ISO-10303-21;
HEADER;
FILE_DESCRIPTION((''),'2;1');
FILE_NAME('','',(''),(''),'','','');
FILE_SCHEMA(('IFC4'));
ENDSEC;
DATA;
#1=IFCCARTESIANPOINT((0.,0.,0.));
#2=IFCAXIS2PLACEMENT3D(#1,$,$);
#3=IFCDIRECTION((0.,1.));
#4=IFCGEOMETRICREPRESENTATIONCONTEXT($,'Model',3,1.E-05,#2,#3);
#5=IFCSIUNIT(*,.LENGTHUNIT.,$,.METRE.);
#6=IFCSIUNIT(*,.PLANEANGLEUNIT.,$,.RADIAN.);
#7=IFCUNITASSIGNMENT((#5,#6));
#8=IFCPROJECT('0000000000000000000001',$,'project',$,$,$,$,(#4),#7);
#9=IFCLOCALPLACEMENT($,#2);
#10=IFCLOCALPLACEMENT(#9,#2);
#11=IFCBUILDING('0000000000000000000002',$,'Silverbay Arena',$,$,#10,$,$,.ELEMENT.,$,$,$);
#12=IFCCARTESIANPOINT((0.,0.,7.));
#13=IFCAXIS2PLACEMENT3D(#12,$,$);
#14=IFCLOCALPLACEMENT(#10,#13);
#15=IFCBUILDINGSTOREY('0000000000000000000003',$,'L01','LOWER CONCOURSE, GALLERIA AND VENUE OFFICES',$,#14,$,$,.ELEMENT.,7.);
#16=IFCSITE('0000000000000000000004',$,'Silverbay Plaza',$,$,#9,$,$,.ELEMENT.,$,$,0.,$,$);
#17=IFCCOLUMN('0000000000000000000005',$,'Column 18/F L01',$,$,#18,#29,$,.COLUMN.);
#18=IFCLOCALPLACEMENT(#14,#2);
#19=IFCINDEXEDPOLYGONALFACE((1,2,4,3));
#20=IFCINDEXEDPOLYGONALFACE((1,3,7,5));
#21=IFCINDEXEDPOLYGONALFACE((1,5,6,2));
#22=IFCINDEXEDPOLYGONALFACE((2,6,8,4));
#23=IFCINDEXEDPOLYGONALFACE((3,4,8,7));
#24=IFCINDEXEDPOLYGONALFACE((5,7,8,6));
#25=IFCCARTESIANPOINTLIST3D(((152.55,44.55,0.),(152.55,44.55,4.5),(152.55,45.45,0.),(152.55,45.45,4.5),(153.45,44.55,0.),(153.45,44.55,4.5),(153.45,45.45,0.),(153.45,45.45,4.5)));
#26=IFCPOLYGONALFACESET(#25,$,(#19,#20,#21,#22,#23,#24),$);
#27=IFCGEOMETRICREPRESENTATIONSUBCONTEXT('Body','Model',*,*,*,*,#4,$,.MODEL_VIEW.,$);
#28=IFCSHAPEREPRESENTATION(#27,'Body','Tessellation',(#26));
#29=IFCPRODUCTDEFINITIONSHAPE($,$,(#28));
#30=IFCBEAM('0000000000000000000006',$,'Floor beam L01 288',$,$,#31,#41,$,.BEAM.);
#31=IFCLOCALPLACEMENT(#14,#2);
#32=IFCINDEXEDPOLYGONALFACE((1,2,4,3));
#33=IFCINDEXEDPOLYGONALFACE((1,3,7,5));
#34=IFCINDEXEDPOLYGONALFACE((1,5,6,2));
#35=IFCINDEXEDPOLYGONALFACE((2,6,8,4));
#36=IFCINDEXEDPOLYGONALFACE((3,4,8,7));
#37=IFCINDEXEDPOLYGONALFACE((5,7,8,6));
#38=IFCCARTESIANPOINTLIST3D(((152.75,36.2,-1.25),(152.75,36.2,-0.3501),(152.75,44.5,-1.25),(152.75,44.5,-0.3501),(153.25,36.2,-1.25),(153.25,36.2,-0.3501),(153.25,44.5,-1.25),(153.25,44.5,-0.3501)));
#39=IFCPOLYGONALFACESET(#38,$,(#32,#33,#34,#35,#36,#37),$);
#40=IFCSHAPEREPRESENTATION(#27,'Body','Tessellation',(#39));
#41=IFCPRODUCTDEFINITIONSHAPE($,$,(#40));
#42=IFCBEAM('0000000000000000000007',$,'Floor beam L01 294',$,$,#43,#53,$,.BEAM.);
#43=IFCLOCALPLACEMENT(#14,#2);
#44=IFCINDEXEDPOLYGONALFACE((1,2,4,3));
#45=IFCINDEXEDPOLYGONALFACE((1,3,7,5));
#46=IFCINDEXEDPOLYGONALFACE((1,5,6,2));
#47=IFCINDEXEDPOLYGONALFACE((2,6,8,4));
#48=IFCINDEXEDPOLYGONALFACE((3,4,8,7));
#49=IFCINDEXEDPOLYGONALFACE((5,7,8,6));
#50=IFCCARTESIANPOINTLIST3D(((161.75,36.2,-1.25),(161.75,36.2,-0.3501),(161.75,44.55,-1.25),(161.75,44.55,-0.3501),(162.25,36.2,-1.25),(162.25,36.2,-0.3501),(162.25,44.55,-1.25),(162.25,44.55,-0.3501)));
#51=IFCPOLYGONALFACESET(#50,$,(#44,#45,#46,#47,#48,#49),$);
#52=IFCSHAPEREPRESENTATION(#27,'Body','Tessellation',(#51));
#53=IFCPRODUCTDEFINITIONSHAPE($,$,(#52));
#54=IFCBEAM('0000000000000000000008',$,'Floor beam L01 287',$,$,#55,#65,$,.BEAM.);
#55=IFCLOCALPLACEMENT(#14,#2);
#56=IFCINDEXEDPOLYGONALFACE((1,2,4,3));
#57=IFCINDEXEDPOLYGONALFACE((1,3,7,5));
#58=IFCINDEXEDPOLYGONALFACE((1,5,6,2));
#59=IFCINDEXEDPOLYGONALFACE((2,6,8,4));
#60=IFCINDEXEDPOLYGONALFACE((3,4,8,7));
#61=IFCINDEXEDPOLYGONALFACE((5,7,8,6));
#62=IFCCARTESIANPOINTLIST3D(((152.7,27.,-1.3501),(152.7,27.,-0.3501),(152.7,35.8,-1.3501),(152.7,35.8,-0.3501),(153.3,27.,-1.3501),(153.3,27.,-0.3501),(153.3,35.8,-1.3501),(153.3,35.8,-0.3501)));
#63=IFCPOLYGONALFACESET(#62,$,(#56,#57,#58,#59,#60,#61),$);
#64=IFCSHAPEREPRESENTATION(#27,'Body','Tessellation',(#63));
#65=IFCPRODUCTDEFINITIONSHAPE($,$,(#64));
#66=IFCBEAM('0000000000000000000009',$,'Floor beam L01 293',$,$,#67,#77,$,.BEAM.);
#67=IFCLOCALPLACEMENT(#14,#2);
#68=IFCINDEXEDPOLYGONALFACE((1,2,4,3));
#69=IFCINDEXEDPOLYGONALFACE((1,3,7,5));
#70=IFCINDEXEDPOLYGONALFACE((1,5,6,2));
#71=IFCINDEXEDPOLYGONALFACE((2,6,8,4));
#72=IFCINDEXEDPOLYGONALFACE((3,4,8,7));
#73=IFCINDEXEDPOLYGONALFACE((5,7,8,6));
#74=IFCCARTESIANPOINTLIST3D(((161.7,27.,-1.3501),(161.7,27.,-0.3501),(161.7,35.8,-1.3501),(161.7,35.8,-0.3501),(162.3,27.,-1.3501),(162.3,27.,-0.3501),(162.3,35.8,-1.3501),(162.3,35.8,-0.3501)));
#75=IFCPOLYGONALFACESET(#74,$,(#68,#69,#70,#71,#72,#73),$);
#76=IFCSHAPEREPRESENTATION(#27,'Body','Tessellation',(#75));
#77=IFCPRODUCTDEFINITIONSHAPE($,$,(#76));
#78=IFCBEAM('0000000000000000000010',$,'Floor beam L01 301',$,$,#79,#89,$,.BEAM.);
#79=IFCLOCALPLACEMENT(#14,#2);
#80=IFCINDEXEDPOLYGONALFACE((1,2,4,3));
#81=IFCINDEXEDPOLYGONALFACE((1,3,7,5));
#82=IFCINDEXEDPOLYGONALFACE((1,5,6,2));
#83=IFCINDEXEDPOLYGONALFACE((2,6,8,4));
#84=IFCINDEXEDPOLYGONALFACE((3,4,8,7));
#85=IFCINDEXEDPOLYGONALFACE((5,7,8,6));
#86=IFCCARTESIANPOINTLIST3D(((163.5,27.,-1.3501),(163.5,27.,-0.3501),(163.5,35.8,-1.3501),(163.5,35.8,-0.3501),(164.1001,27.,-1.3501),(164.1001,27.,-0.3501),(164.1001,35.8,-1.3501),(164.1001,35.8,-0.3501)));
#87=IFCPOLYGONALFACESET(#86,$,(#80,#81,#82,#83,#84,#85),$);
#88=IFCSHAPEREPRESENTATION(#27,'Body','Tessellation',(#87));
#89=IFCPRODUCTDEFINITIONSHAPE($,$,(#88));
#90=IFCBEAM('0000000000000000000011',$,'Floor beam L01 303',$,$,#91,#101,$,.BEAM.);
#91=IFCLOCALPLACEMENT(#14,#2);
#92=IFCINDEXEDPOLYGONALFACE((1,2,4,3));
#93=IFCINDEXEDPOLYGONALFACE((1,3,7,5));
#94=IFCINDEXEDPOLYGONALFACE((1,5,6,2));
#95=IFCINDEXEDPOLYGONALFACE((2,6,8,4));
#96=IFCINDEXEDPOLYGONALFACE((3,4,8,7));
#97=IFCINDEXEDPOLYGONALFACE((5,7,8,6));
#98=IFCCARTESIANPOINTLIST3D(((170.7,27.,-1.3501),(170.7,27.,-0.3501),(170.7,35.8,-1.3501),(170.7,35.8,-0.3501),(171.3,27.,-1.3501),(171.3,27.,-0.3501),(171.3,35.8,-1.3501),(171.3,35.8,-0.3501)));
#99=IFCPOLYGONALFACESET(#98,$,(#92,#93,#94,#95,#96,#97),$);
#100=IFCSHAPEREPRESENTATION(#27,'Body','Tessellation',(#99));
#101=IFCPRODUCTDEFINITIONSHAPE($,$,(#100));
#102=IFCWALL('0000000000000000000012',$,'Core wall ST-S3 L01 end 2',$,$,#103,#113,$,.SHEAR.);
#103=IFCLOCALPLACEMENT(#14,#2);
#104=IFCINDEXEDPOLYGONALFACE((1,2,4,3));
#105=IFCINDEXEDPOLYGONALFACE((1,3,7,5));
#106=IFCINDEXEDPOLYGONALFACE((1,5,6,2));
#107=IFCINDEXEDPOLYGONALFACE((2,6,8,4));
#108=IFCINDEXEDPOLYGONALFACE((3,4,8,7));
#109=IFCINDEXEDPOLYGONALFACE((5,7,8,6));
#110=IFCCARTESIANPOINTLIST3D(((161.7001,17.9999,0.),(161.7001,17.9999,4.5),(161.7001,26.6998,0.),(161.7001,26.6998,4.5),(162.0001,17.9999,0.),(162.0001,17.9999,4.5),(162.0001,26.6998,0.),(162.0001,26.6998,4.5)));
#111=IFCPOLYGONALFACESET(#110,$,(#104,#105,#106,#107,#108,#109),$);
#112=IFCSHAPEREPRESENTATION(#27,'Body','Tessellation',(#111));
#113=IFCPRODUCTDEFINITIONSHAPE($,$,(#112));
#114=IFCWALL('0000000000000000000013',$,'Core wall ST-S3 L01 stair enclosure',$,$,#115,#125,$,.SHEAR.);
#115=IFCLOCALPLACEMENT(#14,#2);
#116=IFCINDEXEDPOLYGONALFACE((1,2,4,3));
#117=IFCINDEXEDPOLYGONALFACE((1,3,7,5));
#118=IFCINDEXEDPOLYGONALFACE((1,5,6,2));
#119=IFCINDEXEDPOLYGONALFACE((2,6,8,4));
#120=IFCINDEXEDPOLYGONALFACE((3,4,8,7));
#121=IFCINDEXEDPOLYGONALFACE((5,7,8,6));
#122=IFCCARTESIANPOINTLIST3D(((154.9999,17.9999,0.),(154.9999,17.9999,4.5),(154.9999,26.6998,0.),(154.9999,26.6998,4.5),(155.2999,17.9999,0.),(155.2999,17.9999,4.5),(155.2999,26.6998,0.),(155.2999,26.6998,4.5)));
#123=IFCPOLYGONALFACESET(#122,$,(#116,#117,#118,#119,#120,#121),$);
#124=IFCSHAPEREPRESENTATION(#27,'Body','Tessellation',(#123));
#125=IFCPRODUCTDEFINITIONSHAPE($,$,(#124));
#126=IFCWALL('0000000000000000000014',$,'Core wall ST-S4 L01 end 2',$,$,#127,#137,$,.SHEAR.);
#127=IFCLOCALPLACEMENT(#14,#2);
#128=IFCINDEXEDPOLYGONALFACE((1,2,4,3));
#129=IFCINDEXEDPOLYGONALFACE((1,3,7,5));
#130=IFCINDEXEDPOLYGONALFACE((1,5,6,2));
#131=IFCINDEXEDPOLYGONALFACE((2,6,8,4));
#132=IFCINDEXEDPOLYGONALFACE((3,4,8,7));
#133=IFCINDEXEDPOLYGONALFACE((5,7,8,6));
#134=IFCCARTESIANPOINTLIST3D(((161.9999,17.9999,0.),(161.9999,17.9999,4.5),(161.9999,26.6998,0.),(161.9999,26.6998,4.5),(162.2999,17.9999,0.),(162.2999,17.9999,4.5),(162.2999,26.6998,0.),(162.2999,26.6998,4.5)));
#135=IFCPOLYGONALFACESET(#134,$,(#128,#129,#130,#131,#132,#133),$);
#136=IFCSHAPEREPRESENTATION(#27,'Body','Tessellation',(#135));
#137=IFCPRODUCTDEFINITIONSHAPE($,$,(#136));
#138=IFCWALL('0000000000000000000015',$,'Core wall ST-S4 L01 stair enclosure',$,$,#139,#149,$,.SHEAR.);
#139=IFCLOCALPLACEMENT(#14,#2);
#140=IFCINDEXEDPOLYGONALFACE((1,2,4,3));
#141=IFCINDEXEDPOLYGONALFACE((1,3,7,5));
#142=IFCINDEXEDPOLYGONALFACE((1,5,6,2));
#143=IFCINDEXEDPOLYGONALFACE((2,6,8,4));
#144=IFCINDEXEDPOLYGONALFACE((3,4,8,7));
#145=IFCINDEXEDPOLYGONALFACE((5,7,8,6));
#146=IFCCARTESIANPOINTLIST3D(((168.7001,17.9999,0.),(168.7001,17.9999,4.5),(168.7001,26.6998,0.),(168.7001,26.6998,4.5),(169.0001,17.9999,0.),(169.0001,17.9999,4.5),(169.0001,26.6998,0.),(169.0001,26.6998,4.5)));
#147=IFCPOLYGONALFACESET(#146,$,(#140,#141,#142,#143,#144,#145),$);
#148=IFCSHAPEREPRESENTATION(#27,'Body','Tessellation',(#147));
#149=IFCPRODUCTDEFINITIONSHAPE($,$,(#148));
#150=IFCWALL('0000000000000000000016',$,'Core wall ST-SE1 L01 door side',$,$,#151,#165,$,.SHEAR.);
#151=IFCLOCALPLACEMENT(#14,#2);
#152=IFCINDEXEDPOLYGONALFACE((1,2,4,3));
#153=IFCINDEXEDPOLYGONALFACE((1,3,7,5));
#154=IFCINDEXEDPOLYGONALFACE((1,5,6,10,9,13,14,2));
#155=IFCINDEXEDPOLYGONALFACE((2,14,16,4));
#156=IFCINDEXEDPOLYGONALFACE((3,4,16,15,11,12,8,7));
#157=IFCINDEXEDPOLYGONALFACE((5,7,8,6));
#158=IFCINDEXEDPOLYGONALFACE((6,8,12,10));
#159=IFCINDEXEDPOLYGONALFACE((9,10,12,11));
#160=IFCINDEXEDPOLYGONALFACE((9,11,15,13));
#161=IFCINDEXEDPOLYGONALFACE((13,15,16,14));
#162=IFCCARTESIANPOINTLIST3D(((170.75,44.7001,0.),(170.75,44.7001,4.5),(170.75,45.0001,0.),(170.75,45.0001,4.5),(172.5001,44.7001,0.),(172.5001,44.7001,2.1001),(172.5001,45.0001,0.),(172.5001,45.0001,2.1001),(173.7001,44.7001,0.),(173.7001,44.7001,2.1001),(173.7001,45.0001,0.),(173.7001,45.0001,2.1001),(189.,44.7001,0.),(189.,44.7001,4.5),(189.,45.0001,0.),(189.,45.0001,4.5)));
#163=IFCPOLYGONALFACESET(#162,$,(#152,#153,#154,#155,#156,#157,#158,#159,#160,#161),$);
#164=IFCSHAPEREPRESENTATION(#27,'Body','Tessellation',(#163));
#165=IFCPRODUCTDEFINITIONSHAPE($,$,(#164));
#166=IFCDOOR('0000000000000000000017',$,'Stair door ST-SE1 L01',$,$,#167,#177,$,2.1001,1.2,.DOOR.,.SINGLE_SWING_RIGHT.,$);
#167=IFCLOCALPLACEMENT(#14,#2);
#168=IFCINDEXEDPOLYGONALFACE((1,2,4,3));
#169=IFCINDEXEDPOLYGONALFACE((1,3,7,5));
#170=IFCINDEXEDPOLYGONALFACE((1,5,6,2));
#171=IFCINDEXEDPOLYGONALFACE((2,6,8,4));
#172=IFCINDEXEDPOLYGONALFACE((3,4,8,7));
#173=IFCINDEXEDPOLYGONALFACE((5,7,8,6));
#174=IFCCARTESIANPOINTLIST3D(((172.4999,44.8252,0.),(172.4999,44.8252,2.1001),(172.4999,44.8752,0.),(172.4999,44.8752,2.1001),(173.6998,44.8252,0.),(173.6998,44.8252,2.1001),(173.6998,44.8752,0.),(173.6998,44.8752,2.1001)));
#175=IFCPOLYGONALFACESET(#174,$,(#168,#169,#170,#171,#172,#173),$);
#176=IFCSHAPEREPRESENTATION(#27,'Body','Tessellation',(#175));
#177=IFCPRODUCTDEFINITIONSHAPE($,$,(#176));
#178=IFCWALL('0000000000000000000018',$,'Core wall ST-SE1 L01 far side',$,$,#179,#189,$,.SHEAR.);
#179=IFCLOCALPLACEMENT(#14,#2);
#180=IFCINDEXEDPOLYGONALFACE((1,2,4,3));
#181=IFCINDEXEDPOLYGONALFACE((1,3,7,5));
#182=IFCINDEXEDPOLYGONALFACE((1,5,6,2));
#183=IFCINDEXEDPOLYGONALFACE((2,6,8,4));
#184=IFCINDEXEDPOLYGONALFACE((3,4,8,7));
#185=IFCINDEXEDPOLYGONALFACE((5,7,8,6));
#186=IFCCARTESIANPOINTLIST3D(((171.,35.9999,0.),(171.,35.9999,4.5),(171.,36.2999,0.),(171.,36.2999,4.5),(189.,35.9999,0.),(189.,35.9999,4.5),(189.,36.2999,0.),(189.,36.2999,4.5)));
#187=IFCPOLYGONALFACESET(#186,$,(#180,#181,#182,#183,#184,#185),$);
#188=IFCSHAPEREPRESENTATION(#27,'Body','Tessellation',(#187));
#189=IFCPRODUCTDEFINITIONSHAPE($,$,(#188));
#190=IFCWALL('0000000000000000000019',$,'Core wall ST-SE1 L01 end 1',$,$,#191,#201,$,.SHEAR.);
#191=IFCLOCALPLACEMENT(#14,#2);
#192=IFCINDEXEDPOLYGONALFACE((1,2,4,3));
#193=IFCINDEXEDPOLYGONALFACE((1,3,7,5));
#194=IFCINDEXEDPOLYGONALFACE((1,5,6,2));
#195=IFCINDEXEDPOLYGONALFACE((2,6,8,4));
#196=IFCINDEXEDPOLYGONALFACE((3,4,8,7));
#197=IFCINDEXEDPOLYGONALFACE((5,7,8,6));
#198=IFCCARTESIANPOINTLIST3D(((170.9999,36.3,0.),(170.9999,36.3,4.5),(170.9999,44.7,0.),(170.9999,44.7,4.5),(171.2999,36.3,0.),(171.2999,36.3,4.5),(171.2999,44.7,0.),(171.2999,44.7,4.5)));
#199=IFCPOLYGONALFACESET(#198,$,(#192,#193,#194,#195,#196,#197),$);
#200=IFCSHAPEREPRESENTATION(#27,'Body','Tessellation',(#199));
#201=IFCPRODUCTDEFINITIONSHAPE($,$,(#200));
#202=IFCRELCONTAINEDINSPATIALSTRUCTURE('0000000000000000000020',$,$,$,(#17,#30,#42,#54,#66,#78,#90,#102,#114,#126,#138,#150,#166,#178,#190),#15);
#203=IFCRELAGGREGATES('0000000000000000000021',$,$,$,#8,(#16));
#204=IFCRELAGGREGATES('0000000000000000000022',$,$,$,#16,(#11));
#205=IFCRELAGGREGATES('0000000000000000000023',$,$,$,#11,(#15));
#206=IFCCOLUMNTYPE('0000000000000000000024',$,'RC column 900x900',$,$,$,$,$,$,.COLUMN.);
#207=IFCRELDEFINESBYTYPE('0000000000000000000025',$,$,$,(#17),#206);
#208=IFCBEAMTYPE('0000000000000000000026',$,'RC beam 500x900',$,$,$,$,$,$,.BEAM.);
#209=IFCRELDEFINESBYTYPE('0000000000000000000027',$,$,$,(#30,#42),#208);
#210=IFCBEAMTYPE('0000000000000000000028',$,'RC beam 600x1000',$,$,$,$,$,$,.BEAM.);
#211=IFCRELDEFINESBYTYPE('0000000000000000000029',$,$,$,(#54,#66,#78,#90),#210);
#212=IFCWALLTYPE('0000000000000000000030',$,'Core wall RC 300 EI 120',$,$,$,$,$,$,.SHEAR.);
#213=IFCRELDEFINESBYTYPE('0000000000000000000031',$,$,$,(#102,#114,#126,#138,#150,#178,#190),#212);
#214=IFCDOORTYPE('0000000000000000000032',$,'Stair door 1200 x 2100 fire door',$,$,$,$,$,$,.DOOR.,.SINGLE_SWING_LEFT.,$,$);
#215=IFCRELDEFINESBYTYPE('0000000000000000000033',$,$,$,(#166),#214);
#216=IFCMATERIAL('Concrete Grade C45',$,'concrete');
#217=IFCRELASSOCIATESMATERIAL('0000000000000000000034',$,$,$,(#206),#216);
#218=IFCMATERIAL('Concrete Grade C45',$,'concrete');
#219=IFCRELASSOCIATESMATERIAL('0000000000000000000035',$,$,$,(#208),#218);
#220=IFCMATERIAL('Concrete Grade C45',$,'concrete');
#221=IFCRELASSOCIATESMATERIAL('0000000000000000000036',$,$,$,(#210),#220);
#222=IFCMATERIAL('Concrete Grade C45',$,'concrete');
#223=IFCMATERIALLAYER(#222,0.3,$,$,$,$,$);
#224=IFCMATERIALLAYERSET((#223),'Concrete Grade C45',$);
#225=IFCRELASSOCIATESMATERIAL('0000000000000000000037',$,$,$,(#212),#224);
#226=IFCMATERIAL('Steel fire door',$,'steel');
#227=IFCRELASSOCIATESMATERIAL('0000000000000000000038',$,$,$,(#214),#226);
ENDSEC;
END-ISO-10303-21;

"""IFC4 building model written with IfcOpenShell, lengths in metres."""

from ifc_helpers import new_model, si_unit, direction, frame, frame_2d, origin, origin_2d, place, context, subcontext, project, spatial, rectangle, extrude, material, layer, layer_set, material_profile, profile_set, type_object, element, fill, save


model = new_model("IFC4")

# Units and contexts
model_context = context("Model", 3, precision=1e-05, world=origin(), true_north=direction((0.0, 1.0)))
body_context = subcontext(model_context, "Body", "Model", "MODEL_VIEW")
ifc_project = project(units=[si_unit("LENGTHUNIT", "METRE"), si_unit("PLANEANGLEUNIT", "RADIAN")], contexts=[model_context])

# Site, building, storey
site_placement = place(None, origin())
site = spatial("IfcSite", under=ifc_project, at=site_placement, Name="Silverbay Plaza", CompositionType="ELEMENT", RefElevation=0.0)
building_placement = place(site_placement, origin())
building = spatial("IfcBuilding", under=site, at=building_placement, Name="Silverbay Arena", CompositionType="ELEMENT")
storey_placement = place(building_placement, frame((0.0, 0.0, 7.0)))
storey = spatial("IfcBuildingStorey", under=building, at=storey_placement, Name="L01", Description="LOWER CONCOURSE, GALLERIA AND VENUE OFFICES", CompositionType="ELEMENT", Elevation=7.0)

# Column
ifc_material_1 = material(Name="Concrete Grade C45", Category="concrete")
ifc_material_profile_1 = material_profile(ifc_material_1, rectangle(XDim=0.8999, YDim=0.8999, at=origin_2d()), Name="RC 900x900")
ifc_profile_set_1 = profile_set([ifc_material_profile_1], Name="Concrete Grade C45")
column_type = type_object("IfcColumnType", Name="RC column 900x900", PredefinedType="COLUMN", material=ifc_profile_set_1)
column_placement = place(storey_placement, frame((153.0, 45.0, 0.0), z_axis=(0.0, 0.0, 1.0), x_axis=(1.0, 0.0, 0.0)))
element("IfcColumn", 1, at=column_placement, inside=storey, type_object=column_type, Name="Column 18/F L01", PredefinedType="COLUMN", context=body_context, shape_type="SweptSolid", body=[
    extrude(rectangle(XDim=0.8999, YDim=0.8999, at=origin_2d()), origin(), (0.0, 0.0, 1.0), 4.5),
])

# Beams
ifc_material_2 = material(Name="Concrete Grade C45", Category="concrete")
ifc_material_profile_2 = material_profile(ifc_material_2, rectangle(XDim=0.5, YDim=0.8999, at=origin_2d()), Name="RC 500x900")
ifc_profile_set_2 = profile_set([ifc_material_profile_2], Name="Concrete Grade C45")
beam_type_1 = type_object("IfcBeamType", Name="RC beam 500x900", PredefinedType="BEAM", material=ifc_profile_set_2)
beam_1_placement = place(storey_placement, frame((153.0, 36.2, -0.8), z_axis=(0.0, 1.0, 0.0), x_axis=(-1.0, 0.0, 0.0)))
element("IfcBeam", 2, at=beam_1_placement, inside=storey, type_object=beam_type_1, Name="Floor beam L01 288", PredefinedType="BEAM", context=body_context, shape_type="SweptSolid", body=[
    extrude(rectangle(XDim=0.5, YDim=0.8999, at=origin_2d()), origin(), (0.0, 0.0, 1.0), 8.3),
])
beam_2_placement = place(storey_placement, frame((162.0, 36.2, -0.8), z_axis=(0.0, 1.0, 0.0), x_axis=(-1.0, 0.0, 0.0)))
element("IfcBeam", 3, at=beam_2_placement, inside=storey, type_object=beam_type_1, Name="Floor beam L01 294", PredefinedType="BEAM", context=body_context, shape_type="SweptSolid", body=[
    extrude(rectangle(XDim=0.5, YDim=0.8999, at=origin_2d()), origin(), (0.0, 0.0, 1.0), 8.3501),
])
ifc_material_3 = material(Name="Concrete Grade C45", Category="concrete")
ifc_material_profile_3 = material_profile(ifc_material_3, rectangle(XDim=0.6001, YDim=1.0, at=origin_2d()), Name="RC 600x1000")
ifc_profile_set_3 = profile_set([ifc_material_profile_3], Name="Concrete Grade C45")
beam_type_2 = type_object("IfcBeamType", Name="RC beam 600x1000", PredefinedType="BEAM", material=ifc_profile_set_3)
for number, where, z_axis, x_axis, name in (
    (4, (153.0, 27.0, -0.8501), (0.0, 1.0, 0.0), (-1.0, 0.0, 0.0), "Floor beam L01 287"),
    (5, (162.0, 27.0, -0.8501), (0.0, 1.0, 0.0), (-1.0, 0.0, 0.0), "Floor beam L01 293"),
    (6, (163.8, 27.0, -0.8501), (0.0, 1.0, 0.0), (-1.0, 0.0, 0.0), "Floor beam L01 301"),
    (7, (171.0, 27.0, -0.8501), (0.0, 1.0, 0.0), (-1.0, 0.0, 0.0), "Floor beam L01 303"),
):
    element("IfcBeam", number, at=place(storey_placement, frame(where, z_axis=z_axis, x_axis=x_axis)), inside=storey, type_object=beam_type_2, Name=name, PredefinedType="BEAM", context=body_context, shape_type="SweptSolid", body=[
        extrude(rectangle(XDim=0.6001, YDim=1.0, at=origin_2d()), origin(), (0.0, 0.0, 1.0), 8.8),
    ])

# Walls
ifc_material_4 = material(Name="Concrete Grade C45", Category="concrete")
ifc_layer_1 = layer(ifc_material_4, 0.3)
ifc_layer_set_1 = layer_set([ifc_layer_1], Name="Concrete Grade C45")
wall_type_1 = type_object("IfcWallType", Name="Core wall RC 300 EI 120", PredefinedType="SHEAR", material=ifc_layer_set_1)
for number, where, z_axis, x_axis, name in (
    (8, (161.8501, 26.7, 0.0), (0.0, 0.0, 1.0), (0.0, -1.0, 0.0), "Core wall ST-S3 L01 end 2"),
    (9, (155.1499, 26.7, 0.0), (0.0, 0.0, 1.0), (0.0, -1.0, 0.0), "Core wall ST-S3 L01 stair enclosure"),
    (10, (162.1499, 26.7, 0.0), (0.0, 0.0, 1.0), (0.0, -1.0, 0.0), "Core wall ST-S4 L01 end 2"),
    (11, (168.8501, 26.7, 0.0), (0.0, 0.0, 1.0), (0.0, -1.0, 0.0), "Core wall ST-S4 L01 stair enclosure"),
):
    element("IfcWall", number, at=place(storey_placement, frame(where, z_axis=z_axis, x_axis=x_axis)), inside=storey, type_object=wall_type_1, Name=name, PredefinedType="SHEAR", context=body_context, shape_type="SweptSolid", body=[
        extrude(rectangle(XDim=8.7, YDim=0.3, at=frame_2d((4.3501, 0.0))), origin(), (0.0, 0.0, 1.0), 4.5),
    ])

# Wall, opening, door
wall_1_placement = place(storey_placement, frame((170.75, 44.8501, 0.0), z_axis=(0.0, 0.0, 1.0), x_axis=(1.0, 0.0, 0.0)))
wall_1 = element("IfcWall", 12, at=wall_1_placement, inside=storey, type_object=wall_type_1, Name="Core wall ST-SE1 L01 door side", PredefinedType="SHEAR", context=body_context, shape_type="SweptSolid", body=[
    extrude(rectangle(XDim=18.25, YDim=0.3, at=frame_2d((9.125, 0.0))), origin(), (0.0, 0.0, 1.0), 4.5),
])
opening_1_placement = place(wall_1_placement, frame((1.75, 0.0, 0.0)))
opening_1 = element("IfcOpeningElement", 13, at=opening_1_placement, cuts=wall_1, PredefinedType="OPENING", context=body_context, shape_type="SweptSolid", body=[
    extrude(rectangle(XDim=1.2, YDim=2.1001, at=frame_2d((0.6001, 1.05))), frame((0.0, 0.1602, 0.0), z_axis=(0.0, -1.0, 0.0), x_axis=(1.0, 0.0, 0.0)), (0.0, 0.0, 1.0), 0.3201),
])
ifc_material_5 = material(Name="Steel fire door", Category="steel")
door_type_1 = type_object("IfcDoorType", Name="Stair door 1200 x 2100 fire door", OperationType="SINGLE_SWING_LEFT", PredefinedType="DOOR", material=ifc_material_5)
door_1_placement = place(opening_1_placement, frame((1.2, 0.0, 0.0), z_axis=(0.0, 0.0, 1.0), x_axis=(-1.0, 0.0, 0.0)))
door_1 = element("IfcDoor", 14, at=door_1_placement, inside=storey, type_object=door_type_1, Name="Stair door ST-SE1 L01", OperationType="SINGLE_SWING_RIGHT", OverallHeight=2.1001, OverallWidth=1.2, PredefinedType="DOOR", context=body_context, shape_type="SweptSolid", body=[
    extrude(rectangle(XDim=1.2, YDim=2.1001, at=frame_2d((0.6001, 1.05))), frame((0.0, 0.0249, 0.0), z_axis=(0.0, -1.0, 0.0), x_axis=(1.0, 0.0, 0.0)), (0.0, 0.0, 1.0), 0.05),
])
fill(opening_1, door_1)

# Walls
wall_2_placement = place(storey_placement, frame((171.0, 36.1499, 0.0), z_axis=(0.0, 0.0, 1.0), x_axis=(1.0, 0.0, 0.0)))
element("IfcWall", 15, at=wall_2_placement, inside=storey, type_object=wall_type_1, Name="Core wall ST-SE1 L01 far side", PredefinedType="SHEAR", context=body_context, shape_type="SweptSolid", body=[
    extrude(rectangle(XDim=18.0, YDim=0.3, at=frame_2d((9.0, 0.0))), origin(), (0.0, 0.0, 1.0), 4.5),
])
wall_3_placement = place(storey_placement, frame((171.1499, 44.7, 0.0), z_axis=(0.0, 0.0, 1.0), x_axis=(0.0, -1.0, 0.0)))
element("IfcWall", 16, at=wall_3_placement, inside=storey, type_object=wall_type_1, Name="Core wall ST-SE1 L01 end 1", PredefinedType="SHEAR", context=body_context, shape_type="SweptSolid", body=[
    extrude(rectangle(XDim=8.3999, YDim=0.3, at=frame_2d((4.2, 0.0))), origin(), (0.0, 0.0, 1.0), 4.5),
])

save(model, "model.ifc")
